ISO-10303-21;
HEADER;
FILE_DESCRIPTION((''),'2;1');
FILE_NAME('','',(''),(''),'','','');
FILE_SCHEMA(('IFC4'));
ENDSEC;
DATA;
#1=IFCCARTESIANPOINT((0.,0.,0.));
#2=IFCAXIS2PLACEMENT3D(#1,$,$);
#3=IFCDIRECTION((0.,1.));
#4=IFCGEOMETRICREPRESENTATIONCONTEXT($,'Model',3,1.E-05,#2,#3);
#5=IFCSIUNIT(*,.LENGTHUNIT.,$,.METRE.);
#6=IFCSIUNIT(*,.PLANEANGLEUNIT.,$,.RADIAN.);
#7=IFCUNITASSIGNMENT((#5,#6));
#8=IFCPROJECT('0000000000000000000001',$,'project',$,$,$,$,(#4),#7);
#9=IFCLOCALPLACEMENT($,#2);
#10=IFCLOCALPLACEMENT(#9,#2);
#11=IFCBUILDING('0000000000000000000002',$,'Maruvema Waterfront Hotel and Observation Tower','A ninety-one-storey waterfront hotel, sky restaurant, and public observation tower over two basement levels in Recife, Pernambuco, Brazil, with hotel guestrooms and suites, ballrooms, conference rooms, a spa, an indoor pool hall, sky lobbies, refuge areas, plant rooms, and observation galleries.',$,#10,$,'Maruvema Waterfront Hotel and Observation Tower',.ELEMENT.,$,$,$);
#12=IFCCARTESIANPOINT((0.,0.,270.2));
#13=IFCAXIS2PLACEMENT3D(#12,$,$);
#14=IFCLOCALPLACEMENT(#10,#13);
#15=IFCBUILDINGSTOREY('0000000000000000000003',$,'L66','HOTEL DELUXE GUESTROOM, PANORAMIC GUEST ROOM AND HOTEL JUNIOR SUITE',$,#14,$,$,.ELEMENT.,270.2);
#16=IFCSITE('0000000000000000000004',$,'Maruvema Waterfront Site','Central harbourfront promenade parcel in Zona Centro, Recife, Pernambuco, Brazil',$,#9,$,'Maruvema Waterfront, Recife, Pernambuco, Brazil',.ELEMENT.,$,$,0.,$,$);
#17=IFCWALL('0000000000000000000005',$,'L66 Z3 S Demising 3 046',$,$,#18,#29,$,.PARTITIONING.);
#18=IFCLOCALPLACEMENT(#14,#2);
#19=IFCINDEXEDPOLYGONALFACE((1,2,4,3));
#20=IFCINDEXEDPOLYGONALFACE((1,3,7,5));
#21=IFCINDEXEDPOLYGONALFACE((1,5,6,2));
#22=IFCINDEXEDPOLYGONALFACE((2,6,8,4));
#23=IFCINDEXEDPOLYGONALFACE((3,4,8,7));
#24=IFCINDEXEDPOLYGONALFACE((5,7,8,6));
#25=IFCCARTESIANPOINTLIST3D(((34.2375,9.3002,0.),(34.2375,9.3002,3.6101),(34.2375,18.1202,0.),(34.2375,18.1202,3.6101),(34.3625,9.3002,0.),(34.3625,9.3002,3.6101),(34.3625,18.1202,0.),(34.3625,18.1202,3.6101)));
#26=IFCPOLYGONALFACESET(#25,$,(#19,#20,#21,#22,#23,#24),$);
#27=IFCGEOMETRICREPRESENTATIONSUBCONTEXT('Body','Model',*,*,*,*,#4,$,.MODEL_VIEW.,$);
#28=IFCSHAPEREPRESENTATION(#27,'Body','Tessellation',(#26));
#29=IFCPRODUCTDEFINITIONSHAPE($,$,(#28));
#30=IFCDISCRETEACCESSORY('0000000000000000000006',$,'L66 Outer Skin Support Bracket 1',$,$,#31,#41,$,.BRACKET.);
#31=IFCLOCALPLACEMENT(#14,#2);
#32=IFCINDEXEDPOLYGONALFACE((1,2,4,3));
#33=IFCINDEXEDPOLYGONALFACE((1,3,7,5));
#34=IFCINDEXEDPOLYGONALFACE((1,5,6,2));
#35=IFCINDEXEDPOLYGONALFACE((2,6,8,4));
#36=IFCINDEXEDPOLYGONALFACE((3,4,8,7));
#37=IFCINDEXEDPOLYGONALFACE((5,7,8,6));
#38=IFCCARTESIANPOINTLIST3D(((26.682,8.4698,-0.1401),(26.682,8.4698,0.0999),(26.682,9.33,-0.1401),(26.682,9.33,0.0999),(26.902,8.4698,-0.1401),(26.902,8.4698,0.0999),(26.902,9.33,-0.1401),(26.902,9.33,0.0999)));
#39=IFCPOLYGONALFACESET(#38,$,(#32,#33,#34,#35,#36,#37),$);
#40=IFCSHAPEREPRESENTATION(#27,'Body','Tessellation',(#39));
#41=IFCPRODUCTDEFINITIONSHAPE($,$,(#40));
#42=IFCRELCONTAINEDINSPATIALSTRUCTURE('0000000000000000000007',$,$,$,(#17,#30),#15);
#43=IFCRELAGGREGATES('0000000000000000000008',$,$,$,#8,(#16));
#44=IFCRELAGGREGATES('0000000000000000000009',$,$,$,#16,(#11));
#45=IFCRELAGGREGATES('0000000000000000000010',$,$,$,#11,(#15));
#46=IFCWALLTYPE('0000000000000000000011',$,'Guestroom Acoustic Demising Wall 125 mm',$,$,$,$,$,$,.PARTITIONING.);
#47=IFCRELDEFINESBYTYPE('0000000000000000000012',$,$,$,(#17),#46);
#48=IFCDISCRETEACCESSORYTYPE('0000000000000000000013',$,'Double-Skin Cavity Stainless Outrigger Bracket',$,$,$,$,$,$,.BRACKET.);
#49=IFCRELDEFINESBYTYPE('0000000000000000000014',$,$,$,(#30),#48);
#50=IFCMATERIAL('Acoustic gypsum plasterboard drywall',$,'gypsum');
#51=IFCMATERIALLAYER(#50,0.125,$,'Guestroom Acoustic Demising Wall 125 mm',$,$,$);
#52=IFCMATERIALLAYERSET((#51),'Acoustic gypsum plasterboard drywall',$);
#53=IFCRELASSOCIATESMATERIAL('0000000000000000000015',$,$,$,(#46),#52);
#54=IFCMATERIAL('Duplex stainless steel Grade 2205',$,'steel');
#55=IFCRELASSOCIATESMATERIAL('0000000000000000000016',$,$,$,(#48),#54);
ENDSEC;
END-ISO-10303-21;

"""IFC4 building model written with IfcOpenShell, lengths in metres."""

from ifc_helpers import new_model, si_unit, direction, frame, frame_2d, origin, origin_2d, place, context, subcontext, project, spatial, rectangle, extrude, material, layer, layer_set, type_object, element, save


model = new_model("IFC4")

# Units and contexts
model_context = context("Model", 3, precision=1e-05, world=origin(), true_north=direction((0.0, 1.0)))
body_context = subcontext(model_context, "Body", "Model", "MODEL_VIEW")
ifc_project = project(units=[si_unit("LENGTHUNIT", "METRE"), si_unit("PLANEANGLEUNIT", "RADIAN")], contexts=[model_context])

# Site, building, storey
site_placement = place(None, origin())
site = spatial("IfcSite", under=ifc_project, at=site_placement, Name="Maruvema Waterfront Site", Description="Central harbourfront promenade parcel in Zona Centro, Recife, Pernambuco, Brazil", LongName="Maruvema Waterfront, Recife, Pernambuco, Brazil", CompositionType="ELEMENT", RefElevation=0.0)
building_placement = place(site_placement, origin())
building = spatial("IfcBuilding", under=site, at=building_placement, Name="Maruvema Waterfront Hotel and Observation Tower", Description="A ninety-one-storey waterfront hotel, sky restaurant, and public observation tower over two basement levels in Recife, Pernambuco, Brazil, with hotel guestrooms and suites, ballrooms, conference rooms, a spa, an indoor pool hall, sky lobbies, refuge areas, plant rooms, and observation galleries.", LongName="Maruvema Waterfront Hotel and Observation Tower", CompositionType="ELEMENT")
storey_placement = place(building_placement, frame((0.0, 0.0, 270.2)))
storey = spatial("IfcBuildingStorey", under=building, at=storey_placement, Name="L66", Description="HOTEL DELUXE GUESTROOM, PANORAMIC GUEST ROOM AND HOTEL JUNIOR SUITE", CompositionType="ELEMENT", Elevation=270.2)

# Wall
ifc_material_1 = material(Name="Acoustic gypsum plasterboard drywall", Category="gypsum")
ifc_layer_1 = layer(ifc_material_1, 0.125, Name="Guestroom Acoustic Demising Wall 125 mm")
ifc_layer_set_1 = layer_set([ifc_layer_1], Name="Acoustic gypsum plasterboard drywall")
wall_type_1 = type_object("IfcWallType", Name="Guestroom Acoustic Demising Wall 125 mm", PredefinedType="PARTITIONING", material=ifc_layer_set_1)
for number, where, z_axis, x_axis, name in (
    (1, (34.3, 9.3, 0.0), (0.0, 0.0, 1.0), (0.0, 1.0, 0.0), "L66 Z3 S Demising 3 046"),
):
    element("IfcWall", number, at=place(storey_placement, frame(where, z_axis=z_axis, x_axis=x_axis)), inside=storey, type_object=wall_type_1, Name=name, PredefinedType="PARTITIONING", context=body_context, shape_type="SweptSolid", body=[
        extrude(rectangle(XDim=8.8201, YDim=0.125, at=frame_2d((4.4102, 0.0))), origin(), (0.0, 0.0, 1.0), 3.6101),
    ])

# Discrete accessory
ifc_material_2 = material(Name="Duplex stainless steel Grade 2205", Category="steel")
discrete_accessory_type = type_object("IfcDiscreteAccessoryType", Name="Double-Skin Cavity Stainless Outrigger Bracket", PredefinedType="BRACKET", material=ifc_material_2)
discrete_accessory_placement = place(storey_placement, frame((26.792, 8.8999, -0.1401), z_axis=(0.0, 0.0, 1.0), x_axis=(1.0, 0.0, 0.0)))
element("IfcDiscreteAccessory", 2, at=discrete_accessory_placement, inside=storey, type_object=discrete_accessory_type, Name="L66 Outer Skin Support Bracket 1", PredefinedType="BRACKET", context=body_context, shape_type="SweptSolid", body=[
    extrude(rectangle(XDim=0.22, YDim=0.8601, at=origin_2d()), origin(), (0.0, 0.0, 1.0), 0.24),
])

save(model, "model.ifc")
